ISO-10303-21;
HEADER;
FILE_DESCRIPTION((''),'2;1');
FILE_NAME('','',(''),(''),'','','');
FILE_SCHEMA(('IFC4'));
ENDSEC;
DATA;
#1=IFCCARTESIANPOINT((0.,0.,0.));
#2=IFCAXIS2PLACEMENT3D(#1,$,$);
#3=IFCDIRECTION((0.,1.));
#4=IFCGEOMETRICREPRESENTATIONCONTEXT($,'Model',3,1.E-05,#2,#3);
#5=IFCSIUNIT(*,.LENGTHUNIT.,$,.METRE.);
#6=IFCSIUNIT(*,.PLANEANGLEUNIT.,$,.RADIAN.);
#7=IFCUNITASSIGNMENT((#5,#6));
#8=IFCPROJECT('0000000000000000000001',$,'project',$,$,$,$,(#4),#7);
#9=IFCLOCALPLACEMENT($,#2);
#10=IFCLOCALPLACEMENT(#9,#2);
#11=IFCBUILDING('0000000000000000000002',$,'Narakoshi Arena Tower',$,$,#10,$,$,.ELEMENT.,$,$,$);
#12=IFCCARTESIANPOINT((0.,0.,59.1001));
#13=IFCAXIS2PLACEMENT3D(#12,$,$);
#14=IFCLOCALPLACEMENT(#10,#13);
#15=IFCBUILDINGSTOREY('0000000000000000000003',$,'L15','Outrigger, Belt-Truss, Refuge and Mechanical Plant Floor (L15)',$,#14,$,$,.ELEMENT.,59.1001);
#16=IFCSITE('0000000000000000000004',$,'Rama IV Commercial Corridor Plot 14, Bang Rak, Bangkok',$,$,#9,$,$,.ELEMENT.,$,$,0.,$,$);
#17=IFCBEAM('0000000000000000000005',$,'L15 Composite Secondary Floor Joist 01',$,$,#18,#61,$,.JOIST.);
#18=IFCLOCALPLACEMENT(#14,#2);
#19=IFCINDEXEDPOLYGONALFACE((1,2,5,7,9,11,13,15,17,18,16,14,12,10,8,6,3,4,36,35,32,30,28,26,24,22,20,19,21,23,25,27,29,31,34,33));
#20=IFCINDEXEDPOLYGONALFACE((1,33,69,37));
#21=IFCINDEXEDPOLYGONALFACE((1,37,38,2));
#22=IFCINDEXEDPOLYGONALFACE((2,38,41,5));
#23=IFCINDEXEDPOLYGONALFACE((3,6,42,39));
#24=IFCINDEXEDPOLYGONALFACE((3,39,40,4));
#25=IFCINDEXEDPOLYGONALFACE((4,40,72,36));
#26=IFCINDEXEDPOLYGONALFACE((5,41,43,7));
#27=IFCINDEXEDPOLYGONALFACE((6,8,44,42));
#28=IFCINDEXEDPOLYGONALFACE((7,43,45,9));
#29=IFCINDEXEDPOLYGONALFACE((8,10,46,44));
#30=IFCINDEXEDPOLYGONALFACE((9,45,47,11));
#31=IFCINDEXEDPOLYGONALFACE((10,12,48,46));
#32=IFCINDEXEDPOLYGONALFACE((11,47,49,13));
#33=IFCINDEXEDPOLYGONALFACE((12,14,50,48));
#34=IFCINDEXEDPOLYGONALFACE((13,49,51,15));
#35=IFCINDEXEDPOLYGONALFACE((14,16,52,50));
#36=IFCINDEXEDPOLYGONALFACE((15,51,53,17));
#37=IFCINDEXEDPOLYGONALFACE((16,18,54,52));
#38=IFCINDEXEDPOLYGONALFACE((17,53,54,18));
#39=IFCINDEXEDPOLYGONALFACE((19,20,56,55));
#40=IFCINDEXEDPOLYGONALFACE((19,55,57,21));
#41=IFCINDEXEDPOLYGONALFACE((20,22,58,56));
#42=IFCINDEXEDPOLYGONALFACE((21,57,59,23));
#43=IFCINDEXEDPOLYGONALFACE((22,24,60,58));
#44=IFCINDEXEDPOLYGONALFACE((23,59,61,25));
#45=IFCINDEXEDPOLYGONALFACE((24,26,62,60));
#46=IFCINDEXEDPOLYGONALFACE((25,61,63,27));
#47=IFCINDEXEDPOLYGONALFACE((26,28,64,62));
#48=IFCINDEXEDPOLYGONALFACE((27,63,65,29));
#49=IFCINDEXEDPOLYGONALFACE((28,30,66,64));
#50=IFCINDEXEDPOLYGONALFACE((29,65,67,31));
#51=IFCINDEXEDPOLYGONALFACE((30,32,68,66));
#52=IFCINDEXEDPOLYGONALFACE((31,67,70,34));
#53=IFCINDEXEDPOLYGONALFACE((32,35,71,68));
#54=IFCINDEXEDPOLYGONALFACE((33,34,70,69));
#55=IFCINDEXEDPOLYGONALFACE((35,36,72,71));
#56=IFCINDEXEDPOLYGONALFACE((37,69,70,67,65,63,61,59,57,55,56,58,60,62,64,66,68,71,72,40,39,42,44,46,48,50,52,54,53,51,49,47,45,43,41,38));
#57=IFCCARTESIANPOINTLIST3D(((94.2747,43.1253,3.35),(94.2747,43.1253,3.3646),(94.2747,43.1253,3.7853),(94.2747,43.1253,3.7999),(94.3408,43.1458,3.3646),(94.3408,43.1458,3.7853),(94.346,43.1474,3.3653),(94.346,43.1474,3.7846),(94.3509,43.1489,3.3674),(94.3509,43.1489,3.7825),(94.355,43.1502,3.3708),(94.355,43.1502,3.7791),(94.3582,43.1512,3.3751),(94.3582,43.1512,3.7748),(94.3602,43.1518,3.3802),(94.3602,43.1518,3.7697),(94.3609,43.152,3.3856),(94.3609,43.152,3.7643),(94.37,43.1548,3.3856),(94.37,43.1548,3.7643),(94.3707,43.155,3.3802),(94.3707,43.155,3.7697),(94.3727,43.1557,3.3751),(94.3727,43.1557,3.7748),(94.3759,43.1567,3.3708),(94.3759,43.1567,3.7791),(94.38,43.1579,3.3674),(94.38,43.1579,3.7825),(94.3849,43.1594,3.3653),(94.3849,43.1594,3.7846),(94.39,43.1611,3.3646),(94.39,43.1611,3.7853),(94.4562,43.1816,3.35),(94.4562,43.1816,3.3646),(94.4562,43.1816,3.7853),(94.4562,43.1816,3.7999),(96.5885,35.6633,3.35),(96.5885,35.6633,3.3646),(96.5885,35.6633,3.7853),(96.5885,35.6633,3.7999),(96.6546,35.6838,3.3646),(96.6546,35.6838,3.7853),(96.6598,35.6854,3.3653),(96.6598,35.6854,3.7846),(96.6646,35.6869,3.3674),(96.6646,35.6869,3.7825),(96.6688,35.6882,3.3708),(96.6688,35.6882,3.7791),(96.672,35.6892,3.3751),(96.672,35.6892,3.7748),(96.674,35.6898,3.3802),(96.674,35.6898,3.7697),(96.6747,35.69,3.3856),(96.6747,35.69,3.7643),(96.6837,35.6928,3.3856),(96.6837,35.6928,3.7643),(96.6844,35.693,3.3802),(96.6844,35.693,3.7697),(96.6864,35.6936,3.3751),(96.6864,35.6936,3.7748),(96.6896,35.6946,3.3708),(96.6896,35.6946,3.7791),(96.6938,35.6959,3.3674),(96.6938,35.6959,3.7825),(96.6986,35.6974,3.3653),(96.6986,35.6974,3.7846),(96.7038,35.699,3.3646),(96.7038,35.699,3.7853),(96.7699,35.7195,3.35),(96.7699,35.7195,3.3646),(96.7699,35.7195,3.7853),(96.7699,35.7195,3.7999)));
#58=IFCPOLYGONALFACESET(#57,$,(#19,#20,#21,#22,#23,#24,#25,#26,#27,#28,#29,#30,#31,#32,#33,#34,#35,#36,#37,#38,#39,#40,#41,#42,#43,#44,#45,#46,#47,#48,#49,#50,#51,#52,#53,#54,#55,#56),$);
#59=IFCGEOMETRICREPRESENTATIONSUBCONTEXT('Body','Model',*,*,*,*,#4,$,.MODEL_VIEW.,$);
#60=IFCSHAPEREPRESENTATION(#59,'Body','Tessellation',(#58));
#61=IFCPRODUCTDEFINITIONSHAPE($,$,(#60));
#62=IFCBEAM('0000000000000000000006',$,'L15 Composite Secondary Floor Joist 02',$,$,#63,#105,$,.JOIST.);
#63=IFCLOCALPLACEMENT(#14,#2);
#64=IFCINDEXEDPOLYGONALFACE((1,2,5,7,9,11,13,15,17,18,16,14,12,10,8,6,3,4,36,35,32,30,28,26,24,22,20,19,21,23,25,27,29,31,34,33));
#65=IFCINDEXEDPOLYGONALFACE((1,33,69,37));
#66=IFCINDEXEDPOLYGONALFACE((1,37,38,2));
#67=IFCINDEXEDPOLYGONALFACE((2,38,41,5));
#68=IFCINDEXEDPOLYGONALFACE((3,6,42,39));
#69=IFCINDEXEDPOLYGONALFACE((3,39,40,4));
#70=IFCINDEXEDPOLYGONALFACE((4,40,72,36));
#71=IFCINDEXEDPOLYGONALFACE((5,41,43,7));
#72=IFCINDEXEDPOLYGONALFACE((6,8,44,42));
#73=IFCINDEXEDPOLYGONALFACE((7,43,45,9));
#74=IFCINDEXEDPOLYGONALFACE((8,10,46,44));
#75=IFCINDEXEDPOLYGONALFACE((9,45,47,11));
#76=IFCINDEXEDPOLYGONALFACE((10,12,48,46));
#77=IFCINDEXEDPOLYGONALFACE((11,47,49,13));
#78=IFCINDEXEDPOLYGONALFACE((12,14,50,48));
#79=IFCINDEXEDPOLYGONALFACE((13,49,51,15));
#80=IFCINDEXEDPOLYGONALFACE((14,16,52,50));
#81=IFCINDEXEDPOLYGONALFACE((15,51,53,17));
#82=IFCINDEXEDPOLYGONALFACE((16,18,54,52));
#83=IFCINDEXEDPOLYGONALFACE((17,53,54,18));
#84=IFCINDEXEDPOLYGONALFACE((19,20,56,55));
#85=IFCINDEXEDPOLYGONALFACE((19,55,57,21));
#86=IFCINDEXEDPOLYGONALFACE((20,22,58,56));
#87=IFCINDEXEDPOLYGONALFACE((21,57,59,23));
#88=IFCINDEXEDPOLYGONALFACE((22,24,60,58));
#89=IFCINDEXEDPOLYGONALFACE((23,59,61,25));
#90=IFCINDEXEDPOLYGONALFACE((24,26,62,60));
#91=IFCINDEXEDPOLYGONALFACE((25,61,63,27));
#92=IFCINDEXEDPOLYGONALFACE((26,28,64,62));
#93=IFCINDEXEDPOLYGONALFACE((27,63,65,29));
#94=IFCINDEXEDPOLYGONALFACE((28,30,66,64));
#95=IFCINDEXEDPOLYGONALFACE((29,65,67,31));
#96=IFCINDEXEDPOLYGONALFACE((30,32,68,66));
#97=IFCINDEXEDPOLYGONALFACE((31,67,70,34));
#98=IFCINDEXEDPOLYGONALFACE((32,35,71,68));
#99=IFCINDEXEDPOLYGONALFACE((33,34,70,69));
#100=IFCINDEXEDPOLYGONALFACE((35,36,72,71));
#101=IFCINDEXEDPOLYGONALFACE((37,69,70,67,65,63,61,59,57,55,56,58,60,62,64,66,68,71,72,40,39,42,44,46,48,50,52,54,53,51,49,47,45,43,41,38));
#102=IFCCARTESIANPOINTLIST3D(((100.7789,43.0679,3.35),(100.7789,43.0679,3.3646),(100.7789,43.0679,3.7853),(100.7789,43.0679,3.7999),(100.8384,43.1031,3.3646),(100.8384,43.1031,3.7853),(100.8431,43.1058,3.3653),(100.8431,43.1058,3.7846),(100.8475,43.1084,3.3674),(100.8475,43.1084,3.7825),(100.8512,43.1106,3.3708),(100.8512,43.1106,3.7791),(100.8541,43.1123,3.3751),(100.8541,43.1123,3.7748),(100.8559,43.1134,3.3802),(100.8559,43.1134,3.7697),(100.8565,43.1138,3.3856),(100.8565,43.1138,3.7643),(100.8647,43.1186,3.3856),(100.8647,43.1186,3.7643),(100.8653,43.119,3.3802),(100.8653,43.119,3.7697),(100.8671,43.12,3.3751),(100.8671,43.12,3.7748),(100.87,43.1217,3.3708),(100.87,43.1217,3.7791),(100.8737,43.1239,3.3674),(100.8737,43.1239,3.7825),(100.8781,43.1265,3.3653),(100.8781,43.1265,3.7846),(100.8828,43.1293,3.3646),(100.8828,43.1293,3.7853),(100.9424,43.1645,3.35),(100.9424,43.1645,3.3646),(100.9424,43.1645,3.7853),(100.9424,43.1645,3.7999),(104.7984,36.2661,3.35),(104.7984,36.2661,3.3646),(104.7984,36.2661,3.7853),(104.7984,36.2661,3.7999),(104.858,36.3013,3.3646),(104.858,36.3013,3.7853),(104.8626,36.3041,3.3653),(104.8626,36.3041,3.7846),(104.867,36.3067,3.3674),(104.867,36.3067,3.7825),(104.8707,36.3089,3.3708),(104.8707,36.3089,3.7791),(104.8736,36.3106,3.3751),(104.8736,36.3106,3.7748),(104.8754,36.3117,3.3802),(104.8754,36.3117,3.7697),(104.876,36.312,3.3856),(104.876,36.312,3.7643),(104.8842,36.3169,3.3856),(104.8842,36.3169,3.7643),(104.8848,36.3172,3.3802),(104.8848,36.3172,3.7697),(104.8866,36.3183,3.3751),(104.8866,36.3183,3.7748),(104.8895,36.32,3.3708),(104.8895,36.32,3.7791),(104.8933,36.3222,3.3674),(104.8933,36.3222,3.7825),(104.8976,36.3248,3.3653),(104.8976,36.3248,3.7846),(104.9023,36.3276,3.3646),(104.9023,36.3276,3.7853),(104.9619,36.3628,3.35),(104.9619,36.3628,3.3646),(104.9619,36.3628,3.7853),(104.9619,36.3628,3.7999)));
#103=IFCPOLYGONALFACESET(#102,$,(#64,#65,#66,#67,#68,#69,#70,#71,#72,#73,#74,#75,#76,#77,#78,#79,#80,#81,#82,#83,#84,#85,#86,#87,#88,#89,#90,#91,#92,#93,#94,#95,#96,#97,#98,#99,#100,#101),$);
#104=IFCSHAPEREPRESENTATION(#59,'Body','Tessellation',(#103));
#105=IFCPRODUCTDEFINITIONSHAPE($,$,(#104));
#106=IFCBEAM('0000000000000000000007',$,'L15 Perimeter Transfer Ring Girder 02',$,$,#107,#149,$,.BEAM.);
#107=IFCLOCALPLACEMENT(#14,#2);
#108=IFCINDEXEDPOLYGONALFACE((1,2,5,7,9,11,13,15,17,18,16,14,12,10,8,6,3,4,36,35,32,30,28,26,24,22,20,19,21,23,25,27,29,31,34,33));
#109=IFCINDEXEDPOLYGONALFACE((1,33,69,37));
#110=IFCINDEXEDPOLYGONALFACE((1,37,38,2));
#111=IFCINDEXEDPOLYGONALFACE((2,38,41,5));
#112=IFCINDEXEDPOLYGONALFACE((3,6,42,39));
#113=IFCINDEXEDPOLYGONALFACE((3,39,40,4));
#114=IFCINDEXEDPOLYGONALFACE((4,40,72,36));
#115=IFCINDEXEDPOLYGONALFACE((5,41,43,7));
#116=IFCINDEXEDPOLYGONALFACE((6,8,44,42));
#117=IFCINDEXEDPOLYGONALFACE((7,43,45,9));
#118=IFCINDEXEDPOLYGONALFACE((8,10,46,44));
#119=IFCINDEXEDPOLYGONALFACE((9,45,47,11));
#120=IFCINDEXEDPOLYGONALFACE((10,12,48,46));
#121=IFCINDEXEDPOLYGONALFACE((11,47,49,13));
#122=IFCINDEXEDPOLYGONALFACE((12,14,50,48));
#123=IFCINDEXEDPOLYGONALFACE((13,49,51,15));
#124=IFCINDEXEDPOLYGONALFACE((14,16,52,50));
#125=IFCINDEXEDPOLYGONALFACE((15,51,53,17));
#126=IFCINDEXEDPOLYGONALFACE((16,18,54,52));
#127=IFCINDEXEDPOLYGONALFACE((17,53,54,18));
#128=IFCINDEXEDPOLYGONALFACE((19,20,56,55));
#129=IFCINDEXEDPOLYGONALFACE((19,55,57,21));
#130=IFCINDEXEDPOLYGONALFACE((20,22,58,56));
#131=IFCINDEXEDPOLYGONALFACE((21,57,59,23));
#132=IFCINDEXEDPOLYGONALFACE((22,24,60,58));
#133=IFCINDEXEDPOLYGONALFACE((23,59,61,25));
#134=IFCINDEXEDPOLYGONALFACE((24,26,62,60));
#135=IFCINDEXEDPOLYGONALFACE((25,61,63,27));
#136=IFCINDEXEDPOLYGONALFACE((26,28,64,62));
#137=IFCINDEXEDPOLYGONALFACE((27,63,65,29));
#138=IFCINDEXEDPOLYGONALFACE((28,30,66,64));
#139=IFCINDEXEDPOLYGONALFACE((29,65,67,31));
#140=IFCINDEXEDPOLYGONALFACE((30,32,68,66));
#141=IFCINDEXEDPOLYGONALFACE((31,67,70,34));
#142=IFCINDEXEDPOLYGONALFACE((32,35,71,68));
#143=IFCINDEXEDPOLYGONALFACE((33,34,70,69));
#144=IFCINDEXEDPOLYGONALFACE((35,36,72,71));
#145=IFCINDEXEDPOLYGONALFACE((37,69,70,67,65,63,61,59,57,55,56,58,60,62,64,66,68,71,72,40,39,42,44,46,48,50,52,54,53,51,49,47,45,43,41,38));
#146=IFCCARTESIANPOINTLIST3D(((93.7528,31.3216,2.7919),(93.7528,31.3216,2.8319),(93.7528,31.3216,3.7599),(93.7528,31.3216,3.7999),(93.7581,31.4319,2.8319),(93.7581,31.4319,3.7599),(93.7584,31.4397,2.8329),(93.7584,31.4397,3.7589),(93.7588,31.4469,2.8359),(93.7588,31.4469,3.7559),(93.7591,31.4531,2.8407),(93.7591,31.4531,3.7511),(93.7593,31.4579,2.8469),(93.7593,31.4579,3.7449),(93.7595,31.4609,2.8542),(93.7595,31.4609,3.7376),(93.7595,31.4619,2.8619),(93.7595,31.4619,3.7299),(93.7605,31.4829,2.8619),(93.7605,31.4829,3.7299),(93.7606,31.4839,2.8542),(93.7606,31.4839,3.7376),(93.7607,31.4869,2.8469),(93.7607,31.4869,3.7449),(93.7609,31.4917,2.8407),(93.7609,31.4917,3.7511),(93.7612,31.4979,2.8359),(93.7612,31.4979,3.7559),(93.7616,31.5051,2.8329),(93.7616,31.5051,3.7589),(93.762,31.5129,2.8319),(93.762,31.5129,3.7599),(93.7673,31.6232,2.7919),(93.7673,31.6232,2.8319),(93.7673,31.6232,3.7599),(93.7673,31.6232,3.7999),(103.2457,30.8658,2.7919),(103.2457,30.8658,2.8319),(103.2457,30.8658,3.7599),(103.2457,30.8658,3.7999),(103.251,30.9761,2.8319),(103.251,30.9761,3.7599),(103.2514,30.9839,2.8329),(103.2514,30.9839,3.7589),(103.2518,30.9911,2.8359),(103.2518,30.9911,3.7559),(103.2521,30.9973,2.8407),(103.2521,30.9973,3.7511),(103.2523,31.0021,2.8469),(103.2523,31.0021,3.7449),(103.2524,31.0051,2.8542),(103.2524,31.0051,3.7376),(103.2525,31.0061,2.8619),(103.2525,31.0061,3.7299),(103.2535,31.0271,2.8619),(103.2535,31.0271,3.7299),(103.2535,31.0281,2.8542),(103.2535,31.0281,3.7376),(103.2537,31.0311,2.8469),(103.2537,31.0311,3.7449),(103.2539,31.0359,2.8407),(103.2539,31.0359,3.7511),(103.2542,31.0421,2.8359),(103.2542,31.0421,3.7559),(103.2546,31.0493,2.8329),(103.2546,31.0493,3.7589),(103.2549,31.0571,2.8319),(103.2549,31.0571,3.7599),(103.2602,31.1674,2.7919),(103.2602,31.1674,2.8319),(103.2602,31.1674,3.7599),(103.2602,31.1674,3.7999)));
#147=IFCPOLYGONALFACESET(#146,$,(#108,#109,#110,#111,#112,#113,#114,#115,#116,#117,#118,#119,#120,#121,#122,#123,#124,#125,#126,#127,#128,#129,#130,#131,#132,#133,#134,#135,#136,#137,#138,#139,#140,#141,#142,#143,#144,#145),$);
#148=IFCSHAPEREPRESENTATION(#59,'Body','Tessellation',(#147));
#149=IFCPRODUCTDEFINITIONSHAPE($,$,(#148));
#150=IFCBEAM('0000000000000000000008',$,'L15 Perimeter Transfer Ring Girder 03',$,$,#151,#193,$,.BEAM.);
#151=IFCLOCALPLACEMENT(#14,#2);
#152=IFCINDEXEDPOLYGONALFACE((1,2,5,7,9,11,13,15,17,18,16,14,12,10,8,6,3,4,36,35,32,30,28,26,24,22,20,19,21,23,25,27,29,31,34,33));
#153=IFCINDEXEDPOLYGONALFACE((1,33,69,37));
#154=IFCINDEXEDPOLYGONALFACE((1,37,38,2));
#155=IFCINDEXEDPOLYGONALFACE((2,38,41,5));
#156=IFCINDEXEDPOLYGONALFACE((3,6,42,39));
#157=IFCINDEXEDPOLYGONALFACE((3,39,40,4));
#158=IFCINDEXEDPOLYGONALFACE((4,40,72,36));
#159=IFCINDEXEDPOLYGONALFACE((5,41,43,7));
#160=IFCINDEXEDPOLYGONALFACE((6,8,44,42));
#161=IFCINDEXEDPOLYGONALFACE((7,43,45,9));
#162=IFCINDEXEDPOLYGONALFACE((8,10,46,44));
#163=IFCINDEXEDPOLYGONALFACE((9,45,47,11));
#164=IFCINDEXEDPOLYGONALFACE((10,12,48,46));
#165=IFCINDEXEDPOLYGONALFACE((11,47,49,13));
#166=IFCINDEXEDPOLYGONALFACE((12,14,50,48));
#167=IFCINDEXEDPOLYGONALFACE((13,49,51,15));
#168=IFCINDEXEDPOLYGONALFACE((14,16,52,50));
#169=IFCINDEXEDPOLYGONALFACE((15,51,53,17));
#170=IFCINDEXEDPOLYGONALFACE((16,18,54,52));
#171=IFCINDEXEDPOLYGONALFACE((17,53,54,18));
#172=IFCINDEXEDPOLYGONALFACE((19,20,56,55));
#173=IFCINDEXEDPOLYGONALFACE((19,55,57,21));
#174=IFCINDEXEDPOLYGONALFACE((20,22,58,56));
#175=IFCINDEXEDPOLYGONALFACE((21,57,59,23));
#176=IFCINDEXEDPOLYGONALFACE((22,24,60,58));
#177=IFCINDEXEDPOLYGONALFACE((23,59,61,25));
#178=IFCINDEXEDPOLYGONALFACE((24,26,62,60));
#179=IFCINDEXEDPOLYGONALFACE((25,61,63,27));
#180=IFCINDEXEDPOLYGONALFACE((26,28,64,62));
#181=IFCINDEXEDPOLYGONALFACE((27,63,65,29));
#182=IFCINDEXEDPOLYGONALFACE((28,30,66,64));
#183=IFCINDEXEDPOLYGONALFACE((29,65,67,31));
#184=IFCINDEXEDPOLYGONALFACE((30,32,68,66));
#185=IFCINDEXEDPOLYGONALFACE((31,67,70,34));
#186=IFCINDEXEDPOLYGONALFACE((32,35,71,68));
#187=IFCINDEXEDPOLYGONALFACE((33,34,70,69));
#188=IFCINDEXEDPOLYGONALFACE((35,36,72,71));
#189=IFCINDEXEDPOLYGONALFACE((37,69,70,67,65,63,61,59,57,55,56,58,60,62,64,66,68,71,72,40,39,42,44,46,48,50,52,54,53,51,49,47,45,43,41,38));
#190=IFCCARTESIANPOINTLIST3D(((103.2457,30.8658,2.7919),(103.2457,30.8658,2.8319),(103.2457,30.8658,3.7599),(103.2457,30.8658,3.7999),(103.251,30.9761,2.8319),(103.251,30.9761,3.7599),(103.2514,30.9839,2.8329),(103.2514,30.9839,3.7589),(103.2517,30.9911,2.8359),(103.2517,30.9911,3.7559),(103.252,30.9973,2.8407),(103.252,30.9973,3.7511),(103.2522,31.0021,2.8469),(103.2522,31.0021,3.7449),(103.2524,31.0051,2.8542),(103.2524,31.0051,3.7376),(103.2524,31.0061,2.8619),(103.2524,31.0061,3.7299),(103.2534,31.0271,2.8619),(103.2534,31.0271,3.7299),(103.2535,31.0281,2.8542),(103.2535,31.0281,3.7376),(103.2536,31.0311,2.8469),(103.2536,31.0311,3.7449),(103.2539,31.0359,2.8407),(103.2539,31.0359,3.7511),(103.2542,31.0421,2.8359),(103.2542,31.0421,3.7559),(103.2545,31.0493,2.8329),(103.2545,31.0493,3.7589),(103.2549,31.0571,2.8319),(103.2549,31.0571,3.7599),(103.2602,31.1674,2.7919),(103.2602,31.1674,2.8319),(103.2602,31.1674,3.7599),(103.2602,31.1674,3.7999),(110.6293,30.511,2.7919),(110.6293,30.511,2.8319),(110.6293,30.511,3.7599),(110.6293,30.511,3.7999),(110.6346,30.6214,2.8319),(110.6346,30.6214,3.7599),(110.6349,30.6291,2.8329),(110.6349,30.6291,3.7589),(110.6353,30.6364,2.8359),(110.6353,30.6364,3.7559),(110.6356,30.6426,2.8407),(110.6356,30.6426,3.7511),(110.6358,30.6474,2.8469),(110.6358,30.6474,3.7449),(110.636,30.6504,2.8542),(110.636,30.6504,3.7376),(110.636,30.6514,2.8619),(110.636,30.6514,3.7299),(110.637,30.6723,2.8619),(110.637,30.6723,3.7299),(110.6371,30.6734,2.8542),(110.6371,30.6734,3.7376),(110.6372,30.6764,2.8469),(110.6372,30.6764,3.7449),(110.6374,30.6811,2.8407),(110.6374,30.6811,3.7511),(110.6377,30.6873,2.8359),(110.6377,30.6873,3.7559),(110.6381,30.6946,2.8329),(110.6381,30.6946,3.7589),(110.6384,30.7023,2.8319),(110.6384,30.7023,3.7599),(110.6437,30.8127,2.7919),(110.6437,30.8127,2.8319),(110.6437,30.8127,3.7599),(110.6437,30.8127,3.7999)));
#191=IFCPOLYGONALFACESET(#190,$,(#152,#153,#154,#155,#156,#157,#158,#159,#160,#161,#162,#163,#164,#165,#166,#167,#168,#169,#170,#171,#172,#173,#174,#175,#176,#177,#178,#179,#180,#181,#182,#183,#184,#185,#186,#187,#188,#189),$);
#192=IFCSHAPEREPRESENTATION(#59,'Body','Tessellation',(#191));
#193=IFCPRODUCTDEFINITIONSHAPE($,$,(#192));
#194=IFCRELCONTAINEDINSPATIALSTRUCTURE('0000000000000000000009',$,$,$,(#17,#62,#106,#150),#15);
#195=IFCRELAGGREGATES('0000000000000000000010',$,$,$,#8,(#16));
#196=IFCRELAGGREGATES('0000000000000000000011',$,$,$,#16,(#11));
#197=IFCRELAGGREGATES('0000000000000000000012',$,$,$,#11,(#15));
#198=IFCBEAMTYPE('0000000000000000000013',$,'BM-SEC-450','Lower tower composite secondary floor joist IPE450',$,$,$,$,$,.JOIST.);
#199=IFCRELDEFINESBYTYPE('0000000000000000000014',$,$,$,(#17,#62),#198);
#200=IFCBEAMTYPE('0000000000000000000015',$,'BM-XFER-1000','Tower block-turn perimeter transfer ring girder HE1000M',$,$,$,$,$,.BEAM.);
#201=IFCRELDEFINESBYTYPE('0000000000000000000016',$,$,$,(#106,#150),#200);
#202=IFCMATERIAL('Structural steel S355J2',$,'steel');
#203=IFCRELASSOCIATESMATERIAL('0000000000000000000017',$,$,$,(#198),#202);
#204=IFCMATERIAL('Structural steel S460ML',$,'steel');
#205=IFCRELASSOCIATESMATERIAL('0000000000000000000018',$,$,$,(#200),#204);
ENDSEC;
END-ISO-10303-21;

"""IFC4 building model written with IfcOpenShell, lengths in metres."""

from ifc_helpers import new_model, si_unit, direction, frame, origin, origin_2d, place, context, subcontext, project, spatial, i_section, extrude, material, material_profile, profile_set, type_object, element, save


model = new_model("IFC4")

# Units and contexts
model_context = context("Model", 3, precision=1e-05, world=origin(), true_north=direction((0.0, 1.0)))
body_context = subcontext(model_context, "Body", "Model", "MODEL_VIEW")
ifc_project = project(units=[si_unit("LENGTHUNIT", "METRE"), si_unit("PLANEANGLEUNIT", "RADIAN")], contexts=[model_context])

# Site, building, storey
site_placement = place(None, origin())
site = spatial("IfcSite", under=ifc_project, at=site_placement, Name="Rama IV Commercial Corridor Plot 14, Bang Rak, Bangkok", CompositionType="ELEMENT", RefElevation=0.0)
building_placement = place(site_placement, origin())
building = spatial("IfcBuilding", under=site, at=building_placement, Name="Narakoshi Arena Tower", CompositionType="ELEMENT")
storey_placement = place(building_placement, frame((0.0, 0.0, 59.1001)))
storey = spatial("IfcBuildingStorey", under=building, at=storey_placement, Name="L15", Description="Outrigger, Belt-Truss, Refuge and Mechanical Plant Floor (L15)", CompositionType="ELEMENT", Elevation=59.1001)

# Shared definitions
ifc_material_1 = material(Name="Structural steel S460ML", Category="steel")

# Beams
ifc_material_2 = material(Name="Structural steel S355J2", Category="steel")
ifc_material_profile_1 = material_profile(ifc_material_2, i_section(OverallWidth=0.1899, OverallDepth=0.45, WebThickness=0.0095, FlangeThickness=0.0146, FilletRadius=0.021, at=origin_2d()), Name="IPE450")
ifc_profile_set_1 = profile_set([ifc_material_profile_1], Name="Structural steel S355J2")
beam_type_1 = type_object("IfcBeamType", Name="BM-SEC-450", Description="Lower tower composite secondary floor joist IPE450", PredefinedType="JOIST", material=ifc_profile_set_1)
beam_1_placement = place(storey_placement, frame((96.6792, 35.6914, 3.575), z_axis=(-0.29616, 0.955138, 0.0), x_axis=(-0.955138, -0.29616, 0.0)))
element("IfcBeam", 1, at=beam_1_placement, inside=storey, type_object=beam_type_1, Name="L15 Composite Secondary Floor Joist 01", PredefinedType="JOIST", context=body_context, shape_type="SweptSolid", body=[
    extrude(i_section(OverallWidth=0.1899, OverallDepth=0.45, WebThickness=0.0095, FlangeThickness=0.0146, FilletRadius=0.021, at=origin_2d()), origin(), (0.0, 0.0, 1.0), 7.8125),
])
beam_2_placement = place(storey_placement, frame((104.8801, 36.3145, 3.575), z_axis=(-0.508758, 0.860909, 0.0), x_axis=(-0.860909, -0.508758, 0.0)))
element("IfcBeam", 2, at=beam_2_placement, inside=storey, type_object=beam_type_1, Name="L15 Composite Secondary Floor Joist 02", PredefinedType="JOIST", context=body_context, shape_type="SweptSolid", body=[
    extrude(i_section(OverallWidth=0.1899, OverallDepth=0.45, WebThickness=0.0095, FlangeThickness=0.0146, FilletRadius=0.021, at=origin_2d()), origin(), (0.0, 0.0, 1.0), 7.9006),
])
ifc_material_profile_2 = material_profile(ifc_material_1, i_section(OverallWidth=0.302, OverallDepth=1.0081, WebThickness=0.021, FlangeThickness=0.04, FilletRadius=0.03, at=origin_2d()), Name="HE1000M")
ifc_profile_set_2 = profile_set([ifc_material_profile_2], Name="Structural steel S460ML")
beam_type_2 = type_object("IfcBeamType", Name="BM-XFER-1000", Description="Tower block-turn perimeter transfer ring girder HE1000M", PredefinedType="BEAM", material=ifc_profile_set_2)
beam_3_placement = place(storey_placement, frame((93.76, 31.4724, 3.2959), z_axis=(0.998849, -0.047961, 0.0), x_axis=(0.047961, 0.998849, 0.0)))
element("IfcBeam", 3, at=beam_3_placement, inside=storey, type_object=beam_type_2, Name="L15 Perimeter Transfer Ring Girder 02", PredefinedType="BEAM", context=body_context, shape_type="SweptSolid", body=[
    extrude(i_section(OverallWidth=0.302, OverallDepth=1.0081, WebThickness=0.021, FlangeThickness=0.04, FilletRadius=0.03, at=origin_2d()), origin(), (0.0, 0.0, 1.0), 9.5039),
])
beam_4_placement = place(storey_placement, frame((103.2529, 31.0166, 3.2959), z_axis=(0.998848, -0.047989, 0.0), x_axis=(0.047989, 0.998848, 0.0)))
element("IfcBeam", 4, at=beam_4_placement, inside=storey, type_object=beam_type_2, Name="L15 Perimeter Transfer Ring Girder 03", PredefinedType="BEAM", context=body_context, shape_type="SweptSolid", body=[
    extrude(i_section(OverallWidth=0.302, OverallDepth=1.0081, WebThickness=0.021, FlangeThickness=0.04, FilletRadius=0.03, at=origin_2d()), origin(), (0.0, 0.0, 1.0), 7.3921),
])

save(model, "model.ifc")
